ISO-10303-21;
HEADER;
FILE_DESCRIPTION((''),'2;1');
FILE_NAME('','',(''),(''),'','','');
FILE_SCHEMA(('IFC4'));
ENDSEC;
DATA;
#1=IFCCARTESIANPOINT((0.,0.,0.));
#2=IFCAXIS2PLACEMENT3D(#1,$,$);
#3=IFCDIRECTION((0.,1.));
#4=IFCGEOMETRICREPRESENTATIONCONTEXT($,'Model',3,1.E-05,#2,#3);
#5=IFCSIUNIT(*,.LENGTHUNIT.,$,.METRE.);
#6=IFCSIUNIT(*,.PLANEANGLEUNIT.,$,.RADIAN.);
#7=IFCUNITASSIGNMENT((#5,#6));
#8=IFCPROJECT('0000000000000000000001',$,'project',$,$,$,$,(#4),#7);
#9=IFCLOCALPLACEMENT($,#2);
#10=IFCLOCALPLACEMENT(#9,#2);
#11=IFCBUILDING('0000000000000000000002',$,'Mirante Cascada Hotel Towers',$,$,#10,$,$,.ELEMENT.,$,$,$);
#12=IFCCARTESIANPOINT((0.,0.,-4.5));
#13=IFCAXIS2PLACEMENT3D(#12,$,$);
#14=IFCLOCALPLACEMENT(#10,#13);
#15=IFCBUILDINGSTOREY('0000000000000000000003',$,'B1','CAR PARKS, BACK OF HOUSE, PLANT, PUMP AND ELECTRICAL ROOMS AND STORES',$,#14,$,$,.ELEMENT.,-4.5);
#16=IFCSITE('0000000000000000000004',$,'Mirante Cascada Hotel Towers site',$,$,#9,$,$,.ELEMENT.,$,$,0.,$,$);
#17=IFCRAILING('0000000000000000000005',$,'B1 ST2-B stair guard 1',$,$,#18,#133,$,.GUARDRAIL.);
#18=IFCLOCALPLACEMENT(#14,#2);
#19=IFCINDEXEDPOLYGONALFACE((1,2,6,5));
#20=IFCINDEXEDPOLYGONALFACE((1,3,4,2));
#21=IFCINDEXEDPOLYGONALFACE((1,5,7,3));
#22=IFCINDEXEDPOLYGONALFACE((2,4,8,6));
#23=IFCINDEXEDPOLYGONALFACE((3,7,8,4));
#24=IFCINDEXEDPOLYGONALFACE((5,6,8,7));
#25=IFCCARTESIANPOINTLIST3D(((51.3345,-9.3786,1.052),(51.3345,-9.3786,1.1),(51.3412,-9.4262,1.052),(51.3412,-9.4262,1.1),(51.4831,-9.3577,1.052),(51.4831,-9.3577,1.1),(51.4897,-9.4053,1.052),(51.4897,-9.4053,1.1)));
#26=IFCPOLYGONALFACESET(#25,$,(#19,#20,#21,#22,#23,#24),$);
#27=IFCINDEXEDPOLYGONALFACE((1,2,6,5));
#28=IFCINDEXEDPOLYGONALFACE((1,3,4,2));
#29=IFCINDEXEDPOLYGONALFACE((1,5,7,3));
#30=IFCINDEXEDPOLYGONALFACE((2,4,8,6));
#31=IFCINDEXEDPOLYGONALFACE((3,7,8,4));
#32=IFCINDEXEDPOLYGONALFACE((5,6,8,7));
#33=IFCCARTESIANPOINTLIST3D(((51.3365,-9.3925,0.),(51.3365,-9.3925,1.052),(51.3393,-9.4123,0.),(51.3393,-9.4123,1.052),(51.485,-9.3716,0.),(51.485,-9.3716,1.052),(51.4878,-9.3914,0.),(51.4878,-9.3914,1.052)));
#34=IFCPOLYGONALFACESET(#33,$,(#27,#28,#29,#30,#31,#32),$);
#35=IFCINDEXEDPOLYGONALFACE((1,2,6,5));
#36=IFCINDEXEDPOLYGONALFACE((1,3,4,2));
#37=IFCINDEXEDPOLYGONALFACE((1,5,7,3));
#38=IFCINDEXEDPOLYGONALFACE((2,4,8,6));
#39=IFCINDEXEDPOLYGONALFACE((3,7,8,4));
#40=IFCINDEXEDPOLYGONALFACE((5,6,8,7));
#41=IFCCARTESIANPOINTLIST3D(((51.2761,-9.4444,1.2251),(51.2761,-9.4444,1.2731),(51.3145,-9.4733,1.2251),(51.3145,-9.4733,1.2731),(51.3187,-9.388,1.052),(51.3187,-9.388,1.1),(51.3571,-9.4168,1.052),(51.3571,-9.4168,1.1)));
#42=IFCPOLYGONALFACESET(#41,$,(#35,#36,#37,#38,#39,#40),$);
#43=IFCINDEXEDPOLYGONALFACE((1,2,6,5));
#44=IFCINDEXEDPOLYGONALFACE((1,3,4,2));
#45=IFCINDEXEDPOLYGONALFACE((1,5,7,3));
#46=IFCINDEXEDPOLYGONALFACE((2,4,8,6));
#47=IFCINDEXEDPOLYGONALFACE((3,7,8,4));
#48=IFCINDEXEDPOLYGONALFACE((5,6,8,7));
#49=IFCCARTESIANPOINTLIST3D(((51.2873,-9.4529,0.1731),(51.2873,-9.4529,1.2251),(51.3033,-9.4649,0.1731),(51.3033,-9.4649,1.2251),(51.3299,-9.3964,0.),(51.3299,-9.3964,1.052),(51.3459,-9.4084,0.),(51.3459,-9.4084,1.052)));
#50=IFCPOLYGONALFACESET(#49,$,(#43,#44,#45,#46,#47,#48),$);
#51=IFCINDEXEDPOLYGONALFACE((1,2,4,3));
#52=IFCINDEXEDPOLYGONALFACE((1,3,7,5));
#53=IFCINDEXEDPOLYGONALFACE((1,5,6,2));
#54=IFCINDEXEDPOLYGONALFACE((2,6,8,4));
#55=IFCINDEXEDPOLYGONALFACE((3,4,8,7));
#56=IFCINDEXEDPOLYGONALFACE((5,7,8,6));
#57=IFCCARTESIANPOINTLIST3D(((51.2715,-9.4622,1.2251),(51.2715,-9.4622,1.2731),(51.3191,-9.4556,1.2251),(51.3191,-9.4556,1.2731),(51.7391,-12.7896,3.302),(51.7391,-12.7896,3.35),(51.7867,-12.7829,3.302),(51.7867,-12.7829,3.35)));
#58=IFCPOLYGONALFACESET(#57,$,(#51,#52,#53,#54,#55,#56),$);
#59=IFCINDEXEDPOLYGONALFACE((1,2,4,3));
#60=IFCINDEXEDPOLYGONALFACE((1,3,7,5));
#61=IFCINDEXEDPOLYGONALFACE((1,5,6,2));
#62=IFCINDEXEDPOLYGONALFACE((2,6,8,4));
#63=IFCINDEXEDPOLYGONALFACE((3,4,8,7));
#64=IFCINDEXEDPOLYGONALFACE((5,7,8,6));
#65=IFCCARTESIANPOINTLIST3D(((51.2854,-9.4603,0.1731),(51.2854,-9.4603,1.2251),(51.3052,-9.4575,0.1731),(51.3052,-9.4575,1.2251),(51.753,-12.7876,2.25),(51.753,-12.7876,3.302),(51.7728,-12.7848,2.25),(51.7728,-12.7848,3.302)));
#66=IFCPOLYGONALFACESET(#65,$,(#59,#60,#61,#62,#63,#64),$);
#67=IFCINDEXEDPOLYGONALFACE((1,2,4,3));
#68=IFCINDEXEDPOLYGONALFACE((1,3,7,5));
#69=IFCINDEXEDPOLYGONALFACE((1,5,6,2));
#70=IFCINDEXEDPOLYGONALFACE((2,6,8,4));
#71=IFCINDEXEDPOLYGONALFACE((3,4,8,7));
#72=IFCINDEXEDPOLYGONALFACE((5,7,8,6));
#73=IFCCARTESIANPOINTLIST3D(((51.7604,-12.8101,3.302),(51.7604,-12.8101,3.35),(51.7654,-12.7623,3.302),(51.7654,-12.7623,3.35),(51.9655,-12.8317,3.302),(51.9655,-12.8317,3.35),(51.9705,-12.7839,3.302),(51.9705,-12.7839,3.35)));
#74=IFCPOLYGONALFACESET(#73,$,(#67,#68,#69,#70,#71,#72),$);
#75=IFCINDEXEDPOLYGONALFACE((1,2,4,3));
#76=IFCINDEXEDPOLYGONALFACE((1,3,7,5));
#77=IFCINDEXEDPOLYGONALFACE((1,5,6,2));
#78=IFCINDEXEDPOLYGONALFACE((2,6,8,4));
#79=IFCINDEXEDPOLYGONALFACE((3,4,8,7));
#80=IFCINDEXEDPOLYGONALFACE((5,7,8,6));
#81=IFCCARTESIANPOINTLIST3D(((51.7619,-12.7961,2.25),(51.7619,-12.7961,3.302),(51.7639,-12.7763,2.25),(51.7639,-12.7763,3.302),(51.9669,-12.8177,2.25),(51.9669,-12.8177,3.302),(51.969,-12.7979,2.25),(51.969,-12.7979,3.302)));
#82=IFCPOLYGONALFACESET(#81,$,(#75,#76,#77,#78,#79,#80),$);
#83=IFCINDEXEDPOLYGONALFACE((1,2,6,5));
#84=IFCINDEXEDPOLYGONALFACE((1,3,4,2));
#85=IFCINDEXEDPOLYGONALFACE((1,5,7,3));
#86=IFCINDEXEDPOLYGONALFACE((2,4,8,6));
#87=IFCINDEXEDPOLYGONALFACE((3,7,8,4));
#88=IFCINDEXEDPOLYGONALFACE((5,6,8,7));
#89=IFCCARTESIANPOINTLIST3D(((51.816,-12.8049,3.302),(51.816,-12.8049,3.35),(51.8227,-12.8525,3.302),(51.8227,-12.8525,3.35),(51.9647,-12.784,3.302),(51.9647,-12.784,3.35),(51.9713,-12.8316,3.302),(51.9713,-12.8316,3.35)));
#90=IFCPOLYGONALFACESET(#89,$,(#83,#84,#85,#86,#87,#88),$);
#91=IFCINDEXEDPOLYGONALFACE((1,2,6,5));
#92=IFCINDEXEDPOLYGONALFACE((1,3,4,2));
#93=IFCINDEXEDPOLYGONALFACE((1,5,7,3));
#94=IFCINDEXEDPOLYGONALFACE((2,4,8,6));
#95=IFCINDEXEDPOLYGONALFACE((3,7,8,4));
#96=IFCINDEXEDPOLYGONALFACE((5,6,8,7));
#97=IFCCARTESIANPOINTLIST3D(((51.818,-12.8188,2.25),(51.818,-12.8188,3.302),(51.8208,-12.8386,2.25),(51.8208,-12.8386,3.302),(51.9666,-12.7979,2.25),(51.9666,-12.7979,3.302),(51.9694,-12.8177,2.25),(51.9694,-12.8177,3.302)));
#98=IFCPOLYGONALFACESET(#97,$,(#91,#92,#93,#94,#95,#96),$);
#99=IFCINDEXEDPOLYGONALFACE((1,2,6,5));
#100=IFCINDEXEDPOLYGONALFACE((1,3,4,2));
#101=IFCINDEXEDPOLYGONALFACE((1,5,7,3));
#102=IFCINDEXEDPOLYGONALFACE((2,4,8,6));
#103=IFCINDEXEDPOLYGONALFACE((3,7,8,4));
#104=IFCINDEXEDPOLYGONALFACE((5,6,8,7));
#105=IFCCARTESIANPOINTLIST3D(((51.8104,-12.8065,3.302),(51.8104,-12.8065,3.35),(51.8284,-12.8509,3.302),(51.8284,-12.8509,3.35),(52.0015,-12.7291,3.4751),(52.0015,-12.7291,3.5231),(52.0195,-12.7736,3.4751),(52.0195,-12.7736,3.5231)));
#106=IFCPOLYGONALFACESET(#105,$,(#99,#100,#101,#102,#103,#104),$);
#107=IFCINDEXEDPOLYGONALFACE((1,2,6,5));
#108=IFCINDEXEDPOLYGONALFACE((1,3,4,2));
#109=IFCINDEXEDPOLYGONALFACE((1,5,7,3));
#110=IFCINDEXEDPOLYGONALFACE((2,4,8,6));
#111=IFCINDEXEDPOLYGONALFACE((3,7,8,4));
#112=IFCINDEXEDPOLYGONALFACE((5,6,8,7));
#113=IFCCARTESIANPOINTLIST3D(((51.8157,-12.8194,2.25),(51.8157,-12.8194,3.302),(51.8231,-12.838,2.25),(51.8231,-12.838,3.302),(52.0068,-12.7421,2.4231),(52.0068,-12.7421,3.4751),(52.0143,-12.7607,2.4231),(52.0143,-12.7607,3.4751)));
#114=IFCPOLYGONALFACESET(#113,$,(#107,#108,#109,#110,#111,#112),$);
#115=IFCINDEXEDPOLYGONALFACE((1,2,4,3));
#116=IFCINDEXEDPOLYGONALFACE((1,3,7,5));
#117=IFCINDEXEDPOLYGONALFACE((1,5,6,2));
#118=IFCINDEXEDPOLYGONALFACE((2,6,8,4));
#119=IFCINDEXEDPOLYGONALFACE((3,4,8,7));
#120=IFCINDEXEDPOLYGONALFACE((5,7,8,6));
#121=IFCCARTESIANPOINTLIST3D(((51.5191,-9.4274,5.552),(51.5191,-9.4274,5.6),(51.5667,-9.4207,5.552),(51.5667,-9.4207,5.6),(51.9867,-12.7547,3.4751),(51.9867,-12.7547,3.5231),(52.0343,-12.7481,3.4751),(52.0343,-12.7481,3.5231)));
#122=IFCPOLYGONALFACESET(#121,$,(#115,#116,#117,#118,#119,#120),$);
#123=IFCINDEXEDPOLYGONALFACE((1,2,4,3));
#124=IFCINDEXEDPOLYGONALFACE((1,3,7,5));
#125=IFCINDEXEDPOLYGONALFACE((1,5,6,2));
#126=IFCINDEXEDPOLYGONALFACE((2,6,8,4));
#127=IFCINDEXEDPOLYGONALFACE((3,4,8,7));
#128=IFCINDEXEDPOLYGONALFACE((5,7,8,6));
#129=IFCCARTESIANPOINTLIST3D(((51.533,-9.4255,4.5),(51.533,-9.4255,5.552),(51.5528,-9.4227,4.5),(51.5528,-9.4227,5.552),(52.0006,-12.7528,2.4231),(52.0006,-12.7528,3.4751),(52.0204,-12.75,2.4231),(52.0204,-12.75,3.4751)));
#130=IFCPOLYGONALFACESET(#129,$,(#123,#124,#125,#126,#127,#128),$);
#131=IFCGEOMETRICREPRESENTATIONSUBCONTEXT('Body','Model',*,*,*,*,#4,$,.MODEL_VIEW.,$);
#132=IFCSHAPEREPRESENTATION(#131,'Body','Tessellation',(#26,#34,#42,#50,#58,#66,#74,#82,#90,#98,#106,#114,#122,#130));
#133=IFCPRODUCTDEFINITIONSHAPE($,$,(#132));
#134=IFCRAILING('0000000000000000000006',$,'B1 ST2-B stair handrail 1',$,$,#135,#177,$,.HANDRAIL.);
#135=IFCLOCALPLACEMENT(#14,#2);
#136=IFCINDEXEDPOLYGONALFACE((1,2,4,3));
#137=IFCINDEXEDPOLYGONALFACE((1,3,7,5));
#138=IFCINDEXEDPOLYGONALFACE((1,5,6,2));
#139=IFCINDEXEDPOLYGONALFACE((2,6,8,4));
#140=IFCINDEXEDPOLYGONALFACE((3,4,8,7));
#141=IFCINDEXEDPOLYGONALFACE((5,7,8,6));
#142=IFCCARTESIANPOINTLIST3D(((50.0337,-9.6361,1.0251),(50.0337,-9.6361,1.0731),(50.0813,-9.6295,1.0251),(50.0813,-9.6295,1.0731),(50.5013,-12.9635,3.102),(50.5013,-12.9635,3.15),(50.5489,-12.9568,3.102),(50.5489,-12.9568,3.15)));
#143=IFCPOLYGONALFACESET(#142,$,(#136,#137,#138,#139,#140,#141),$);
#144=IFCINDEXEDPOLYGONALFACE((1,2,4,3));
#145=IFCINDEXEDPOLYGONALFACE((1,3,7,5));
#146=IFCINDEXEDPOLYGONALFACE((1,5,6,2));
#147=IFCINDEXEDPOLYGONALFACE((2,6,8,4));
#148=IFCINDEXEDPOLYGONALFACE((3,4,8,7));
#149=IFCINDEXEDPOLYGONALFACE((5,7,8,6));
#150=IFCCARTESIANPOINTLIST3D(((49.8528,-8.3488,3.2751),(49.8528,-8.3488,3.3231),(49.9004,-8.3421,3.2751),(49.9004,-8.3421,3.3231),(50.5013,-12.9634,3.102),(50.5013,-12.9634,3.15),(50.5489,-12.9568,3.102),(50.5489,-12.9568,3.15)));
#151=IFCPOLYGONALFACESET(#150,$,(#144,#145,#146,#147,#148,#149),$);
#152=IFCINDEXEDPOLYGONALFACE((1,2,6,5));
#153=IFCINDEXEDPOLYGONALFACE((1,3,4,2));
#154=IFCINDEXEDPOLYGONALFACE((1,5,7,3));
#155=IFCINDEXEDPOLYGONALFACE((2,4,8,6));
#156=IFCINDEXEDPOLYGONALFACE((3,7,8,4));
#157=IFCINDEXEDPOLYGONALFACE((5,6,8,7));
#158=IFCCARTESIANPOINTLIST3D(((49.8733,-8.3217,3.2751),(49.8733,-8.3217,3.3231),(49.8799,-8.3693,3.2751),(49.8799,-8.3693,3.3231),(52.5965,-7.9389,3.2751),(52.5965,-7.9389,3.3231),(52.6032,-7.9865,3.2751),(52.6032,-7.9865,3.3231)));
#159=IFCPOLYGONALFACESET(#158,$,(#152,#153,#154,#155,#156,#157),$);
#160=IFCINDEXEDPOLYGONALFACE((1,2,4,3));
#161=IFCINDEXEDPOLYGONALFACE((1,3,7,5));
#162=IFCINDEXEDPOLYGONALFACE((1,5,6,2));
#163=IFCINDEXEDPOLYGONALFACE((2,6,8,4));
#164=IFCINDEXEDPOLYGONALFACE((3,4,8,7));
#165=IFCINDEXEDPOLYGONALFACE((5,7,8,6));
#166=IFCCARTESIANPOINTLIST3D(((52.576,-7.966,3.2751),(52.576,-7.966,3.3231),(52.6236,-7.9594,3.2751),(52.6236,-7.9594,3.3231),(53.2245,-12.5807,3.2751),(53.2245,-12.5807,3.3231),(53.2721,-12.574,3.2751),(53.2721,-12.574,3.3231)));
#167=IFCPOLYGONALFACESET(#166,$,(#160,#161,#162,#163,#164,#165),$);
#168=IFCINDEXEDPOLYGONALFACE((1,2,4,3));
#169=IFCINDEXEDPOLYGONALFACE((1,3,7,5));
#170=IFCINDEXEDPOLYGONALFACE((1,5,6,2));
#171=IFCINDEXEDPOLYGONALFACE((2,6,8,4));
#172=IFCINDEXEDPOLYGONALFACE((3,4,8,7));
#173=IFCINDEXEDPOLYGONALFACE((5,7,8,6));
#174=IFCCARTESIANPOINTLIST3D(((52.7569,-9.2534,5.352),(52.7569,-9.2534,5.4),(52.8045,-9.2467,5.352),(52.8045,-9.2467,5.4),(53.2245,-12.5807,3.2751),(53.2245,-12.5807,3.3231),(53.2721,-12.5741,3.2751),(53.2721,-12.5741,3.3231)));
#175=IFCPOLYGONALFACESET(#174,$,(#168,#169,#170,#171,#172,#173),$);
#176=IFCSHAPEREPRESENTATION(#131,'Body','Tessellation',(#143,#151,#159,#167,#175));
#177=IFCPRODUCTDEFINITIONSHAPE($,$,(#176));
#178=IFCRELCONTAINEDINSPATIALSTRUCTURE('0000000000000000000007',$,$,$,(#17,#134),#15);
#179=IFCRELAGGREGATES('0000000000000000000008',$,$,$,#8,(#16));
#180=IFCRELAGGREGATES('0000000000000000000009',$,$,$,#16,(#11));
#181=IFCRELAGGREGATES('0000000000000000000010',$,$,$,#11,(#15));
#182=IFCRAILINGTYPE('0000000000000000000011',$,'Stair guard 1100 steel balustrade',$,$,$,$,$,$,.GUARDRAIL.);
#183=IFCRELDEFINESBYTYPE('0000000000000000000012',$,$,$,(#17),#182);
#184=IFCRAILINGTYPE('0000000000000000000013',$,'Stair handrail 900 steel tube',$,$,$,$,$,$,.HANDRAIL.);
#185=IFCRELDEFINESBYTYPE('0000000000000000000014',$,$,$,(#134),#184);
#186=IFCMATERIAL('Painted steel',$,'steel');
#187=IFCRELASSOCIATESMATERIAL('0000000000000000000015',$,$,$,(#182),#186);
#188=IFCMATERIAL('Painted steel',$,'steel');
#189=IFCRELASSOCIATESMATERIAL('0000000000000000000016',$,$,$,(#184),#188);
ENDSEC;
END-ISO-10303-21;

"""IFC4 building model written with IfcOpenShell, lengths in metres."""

from ifc_helpers import new_model, si_unit, direction, frame, origin, origin_2d, place, context, subcontext, project, spatial, rectangle, extrude, material, type_object, element, save


model = new_model("IFC4")

# Units and contexts
model_context = context("Model", 3, precision=1e-05, world=origin(), true_north=direction((0.0, 1.0)))
body_context = subcontext(model_context, "Body", "Model", "MODEL_VIEW")
ifc_project = project(units=[si_unit("LENGTHUNIT", "METRE"), si_unit("PLANEANGLEUNIT", "RADIAN")], contexts=[model_context])

# Site, building, storey
site_placement = place(None, origin())
site = spatial("IfcSite", under=ifc_project, at=site_placement, Name="Mirante Cascada Hotel Towers site", CompositionType="ELEMENT", RefElevation=0.0)
building_placement = place(site_placement, origin())
building = spatial("IfcBuilding", under=site, at=building_placement, Name="Mirante Cascada Hotel Towers", CompositionType="ELEMENT")
storey_placement = place(building_placement, frame((0.0, 0.0, -4.5)))
storey = spatial("IfcBuildingStorey", under=building, at=storey_placement, Name="B1", Description="CAR PARKS, BACK OF HOUSE, PLANT, PUMP AND ELECTRICAL ROOMS AND STORES", CompositionType="ELEMENT", Elevation=-4.5)

# Railings
ifc_material_1 = material(Name="Painted steel", Category="steel")
railing_type_1 = type_object("IfcRailingType", Name="Stair guard 1100 steel balustrade", PredefinedType="GUARDRAIL", material=ifc_material_1)
railing_1_placement = place(storey_placement, frame((51.4864, -9.3815, 0.0)))
element("IfcRailing", 1, at=railing_1_placement, inside=storey, type_object=railing_type_1, Name="B1 ST2-B stair guard 1", PredefinedType="GUARDRAIL", context=body_context, shape_type="SweptSolid", body=[
    extrude(rectangle(XDim=0.048, YDim=0.048, at=origin_2d()), frame((0.0, 0.0, 1.076), z_axis=(-0.990241, -0.139367, 0.0), x_axis=(0.139367, -0.990241, 0.0)), (0.0, 0.0, 1.0), 0.15),
    extrude(rectangle(XDim=0.02, YDim=1.052, at=origin_2d()), frame((0.0, 0.0, 0.526), z_axis=(-0.990241, -0.139367, 0.0), x_axis=(0.139367, -0.990241, 0.0)), (0.0, 0.0, 1.0), 0.15),
    extrude(rectangle(XDim=0.048, YDim=0.048, at=origin_2d()), frame((-0.1485, -0.0209, 1.076), z_axis=(-0.602033, -0.798471, 0.0), x_axis=(0.798471, -0.602033, 0.0)), (0.0, 0.925647, 0.378388), 0.187),
    extrude(rectangle(XDim=0.02, YDim=1.052, at=origin_2d()), frame((-0.1485, -0.0209, 0.526), z_axis=(-0.602033, -0.798471, 0.0), x_axis=(0.798471, -0.602033, 0.0)), (0.0, 0.925647, 0.378388), 0.187),
    extrude(rectangle(XDim=0.048, YDim=0.048, at=origin_2d()), frame((-0.1911, -0.0774, 1.2491), z_axis=(0.139167, -0.990269, 0.0), x_axis=(0.990269, 0.139167, 0.0)), (0.0, 0.525787, 0.850616), 3.9501),
    extrude(rectangle(XDim=0.02, YDim=1.052, at=origin_2d()), frame((-0.1911, -0.0774, 0.6991), z_axis=(0.139167, -0.990269, 0.0), x_axis=(0.990269, 0.139167, 0.0)), (0.0, 0.525787, 0.850616), 3.9501),
    extrude(rectangle(XDim=0.048, YDim=0.048, at=origin_2d()), frame((0.2765, -3.4047, 3.326), z_axis=(0.9945, -0.104735, 0.0), x_axis=(0.104735, 0.9945, 0.0)), (0.0, 0.0, 1.0), 0.2062),
    extrude(rectangle(XDim=0.02, YDim=1.052, at=origin_2d()), frame((0.2765, -3.4047, 2.776), z_axis=(0.9945, -0.104735, 0.0), x_axis=(0.104735, 0.9945, 0.0)), (0.0, 0.0, 1.0), 0.2062),
    extrude(rectangle(XDim=0.048, YDim=0.048, at=origin_2d()), frame((0.4816, -3.4263, 3.326), z_axis=(-0.990254, -0.139275, 0.0), x_axis=(0.139275, -0.990254, 0.0)), (0.0, 0.0, 1.0), 0.1501),
    extrude(rectangle(XDim=0.02, YDim=1.052, at=origin_2d()), frame((0.4816, -3.4263, 2.776), z_axis=(-0.990254, -0.139275, 0.0), x_axis=(0.139275, -0.990254, 0.0)), (0.0, 0.0, 1.0), 0.1501),
    extrude(rectangle(XDim=0.048, YDim=0.048, at=origin_2d()), frame((0.333, -3.4472, 3.326), z_axis=(0.927031, 0.374984, 0.0), x_axis=(-0.374984, 0.927031, 0.0)), (0.0, 0.643063, 0.765813), 0.2692),
    extrude(rectangle(XDim=0.02, YDim=1.052, at=origin_2d()), frame((0.333, -3.4472, 2.776), z_axis=(0.927031, 0.374984, 0.0), x_axis=(-0.374984, 0.927031, 0.0)), (0.0, 0.643063, 0.765813), 0.2692),
    extrude(rectangle(XDim=0.048, YDim=0.048, at=origin_2d()), frame((0.5241, -3.3699, 3.4991), z_axis=(-0.139167, 0.990269, 0.0), x_axis=(-0.990269, -0.139167, 0.0)), (0.0, 0.525787, 0.850616), 3.9501),
    extrude(rectangle(XDim=0.02, YDim=1.052, at=origin_2d()), frame((0.5241, -3.3699, 2.9491), z_axis=(-0.139167, 0.990269, 0.0), x_axis=(-0.990269, -0.139167, 0.0)), (0.0, 0.525787, 0.850616), 3.9501),
])
ifc_material_2 = material(Name="Painted steel", Category="steel")
railing_type_2 = type_object("IfcRailingType", Name="Stair handrail 900 steel tube", PredefinedType="HANDRAIL", material=ifc_material_2)
railing_2_placement = place(storey_placement, frame((50.0575, -9.6328, 0.1731)))
element("IfcRailing", 2, at=railing_2_placement, inside=storey, type_object=railing_type_2, Name="B1 ST2-B stair handrail 1", PredefinedType="HANDRAIL", context=body_context, shape_type="SweptSolid", body=[
    extrude(rectangle(XDim=0.048, YDim=0.048, at=origin_2d()), frame((0.0, 0.0, 0.876), z_axis=(0.139167, -0.990269, 0.0), x_axis=(0.990269, 0.139167, 0.0)), (0.0, 0.525787, 0.850616), 3.9501),
    extrude(rectangle(XDim=0.048, YDim=0.048, at=origin_2d()), frame((0.4676, -3.3273, 2.9529), z_axis=(-0.139165, 0.990269, 0.0), x_axis=(-0.990269, -0.139165, 0.0)), (0.0, 0.037121, 0.999311), 4.6632),
    extrude(rectangle(XDim=0.048, YDim=0.048, at=origin_2d()), frame((-0.1809, 1.2873, 3.126), z_axis=(0.990264, 0.139201, 0.0), x_axis=(-0.139201, 0.990264, 0.0)), (0.0, 0.0, 1.0), 2.75),
    extrude(rectangle(XDim=0.048, YDim=0.048, at=origin_2d()), frame((2.5423, 1.6701, 3.126), z_axis=(0.139162, -0.99027, 0.0), x_axis=(0.99027, 0.139162, 0.0)), (0.0, 0.0, 1.0), 4.66),
    extrude(rectangle(XDim=0.048, YDim=0.048, at=origin_2d()), frame((3.1908, -2.9446, 3.126), z_axis=(-0.139167, 0.990269, 0.0), x_axis=(-0.990269, -0.139167, 0.0)), (0.0, 0.525787, 0.850616), 3.9501),
])

save(model, "model.ifc")
